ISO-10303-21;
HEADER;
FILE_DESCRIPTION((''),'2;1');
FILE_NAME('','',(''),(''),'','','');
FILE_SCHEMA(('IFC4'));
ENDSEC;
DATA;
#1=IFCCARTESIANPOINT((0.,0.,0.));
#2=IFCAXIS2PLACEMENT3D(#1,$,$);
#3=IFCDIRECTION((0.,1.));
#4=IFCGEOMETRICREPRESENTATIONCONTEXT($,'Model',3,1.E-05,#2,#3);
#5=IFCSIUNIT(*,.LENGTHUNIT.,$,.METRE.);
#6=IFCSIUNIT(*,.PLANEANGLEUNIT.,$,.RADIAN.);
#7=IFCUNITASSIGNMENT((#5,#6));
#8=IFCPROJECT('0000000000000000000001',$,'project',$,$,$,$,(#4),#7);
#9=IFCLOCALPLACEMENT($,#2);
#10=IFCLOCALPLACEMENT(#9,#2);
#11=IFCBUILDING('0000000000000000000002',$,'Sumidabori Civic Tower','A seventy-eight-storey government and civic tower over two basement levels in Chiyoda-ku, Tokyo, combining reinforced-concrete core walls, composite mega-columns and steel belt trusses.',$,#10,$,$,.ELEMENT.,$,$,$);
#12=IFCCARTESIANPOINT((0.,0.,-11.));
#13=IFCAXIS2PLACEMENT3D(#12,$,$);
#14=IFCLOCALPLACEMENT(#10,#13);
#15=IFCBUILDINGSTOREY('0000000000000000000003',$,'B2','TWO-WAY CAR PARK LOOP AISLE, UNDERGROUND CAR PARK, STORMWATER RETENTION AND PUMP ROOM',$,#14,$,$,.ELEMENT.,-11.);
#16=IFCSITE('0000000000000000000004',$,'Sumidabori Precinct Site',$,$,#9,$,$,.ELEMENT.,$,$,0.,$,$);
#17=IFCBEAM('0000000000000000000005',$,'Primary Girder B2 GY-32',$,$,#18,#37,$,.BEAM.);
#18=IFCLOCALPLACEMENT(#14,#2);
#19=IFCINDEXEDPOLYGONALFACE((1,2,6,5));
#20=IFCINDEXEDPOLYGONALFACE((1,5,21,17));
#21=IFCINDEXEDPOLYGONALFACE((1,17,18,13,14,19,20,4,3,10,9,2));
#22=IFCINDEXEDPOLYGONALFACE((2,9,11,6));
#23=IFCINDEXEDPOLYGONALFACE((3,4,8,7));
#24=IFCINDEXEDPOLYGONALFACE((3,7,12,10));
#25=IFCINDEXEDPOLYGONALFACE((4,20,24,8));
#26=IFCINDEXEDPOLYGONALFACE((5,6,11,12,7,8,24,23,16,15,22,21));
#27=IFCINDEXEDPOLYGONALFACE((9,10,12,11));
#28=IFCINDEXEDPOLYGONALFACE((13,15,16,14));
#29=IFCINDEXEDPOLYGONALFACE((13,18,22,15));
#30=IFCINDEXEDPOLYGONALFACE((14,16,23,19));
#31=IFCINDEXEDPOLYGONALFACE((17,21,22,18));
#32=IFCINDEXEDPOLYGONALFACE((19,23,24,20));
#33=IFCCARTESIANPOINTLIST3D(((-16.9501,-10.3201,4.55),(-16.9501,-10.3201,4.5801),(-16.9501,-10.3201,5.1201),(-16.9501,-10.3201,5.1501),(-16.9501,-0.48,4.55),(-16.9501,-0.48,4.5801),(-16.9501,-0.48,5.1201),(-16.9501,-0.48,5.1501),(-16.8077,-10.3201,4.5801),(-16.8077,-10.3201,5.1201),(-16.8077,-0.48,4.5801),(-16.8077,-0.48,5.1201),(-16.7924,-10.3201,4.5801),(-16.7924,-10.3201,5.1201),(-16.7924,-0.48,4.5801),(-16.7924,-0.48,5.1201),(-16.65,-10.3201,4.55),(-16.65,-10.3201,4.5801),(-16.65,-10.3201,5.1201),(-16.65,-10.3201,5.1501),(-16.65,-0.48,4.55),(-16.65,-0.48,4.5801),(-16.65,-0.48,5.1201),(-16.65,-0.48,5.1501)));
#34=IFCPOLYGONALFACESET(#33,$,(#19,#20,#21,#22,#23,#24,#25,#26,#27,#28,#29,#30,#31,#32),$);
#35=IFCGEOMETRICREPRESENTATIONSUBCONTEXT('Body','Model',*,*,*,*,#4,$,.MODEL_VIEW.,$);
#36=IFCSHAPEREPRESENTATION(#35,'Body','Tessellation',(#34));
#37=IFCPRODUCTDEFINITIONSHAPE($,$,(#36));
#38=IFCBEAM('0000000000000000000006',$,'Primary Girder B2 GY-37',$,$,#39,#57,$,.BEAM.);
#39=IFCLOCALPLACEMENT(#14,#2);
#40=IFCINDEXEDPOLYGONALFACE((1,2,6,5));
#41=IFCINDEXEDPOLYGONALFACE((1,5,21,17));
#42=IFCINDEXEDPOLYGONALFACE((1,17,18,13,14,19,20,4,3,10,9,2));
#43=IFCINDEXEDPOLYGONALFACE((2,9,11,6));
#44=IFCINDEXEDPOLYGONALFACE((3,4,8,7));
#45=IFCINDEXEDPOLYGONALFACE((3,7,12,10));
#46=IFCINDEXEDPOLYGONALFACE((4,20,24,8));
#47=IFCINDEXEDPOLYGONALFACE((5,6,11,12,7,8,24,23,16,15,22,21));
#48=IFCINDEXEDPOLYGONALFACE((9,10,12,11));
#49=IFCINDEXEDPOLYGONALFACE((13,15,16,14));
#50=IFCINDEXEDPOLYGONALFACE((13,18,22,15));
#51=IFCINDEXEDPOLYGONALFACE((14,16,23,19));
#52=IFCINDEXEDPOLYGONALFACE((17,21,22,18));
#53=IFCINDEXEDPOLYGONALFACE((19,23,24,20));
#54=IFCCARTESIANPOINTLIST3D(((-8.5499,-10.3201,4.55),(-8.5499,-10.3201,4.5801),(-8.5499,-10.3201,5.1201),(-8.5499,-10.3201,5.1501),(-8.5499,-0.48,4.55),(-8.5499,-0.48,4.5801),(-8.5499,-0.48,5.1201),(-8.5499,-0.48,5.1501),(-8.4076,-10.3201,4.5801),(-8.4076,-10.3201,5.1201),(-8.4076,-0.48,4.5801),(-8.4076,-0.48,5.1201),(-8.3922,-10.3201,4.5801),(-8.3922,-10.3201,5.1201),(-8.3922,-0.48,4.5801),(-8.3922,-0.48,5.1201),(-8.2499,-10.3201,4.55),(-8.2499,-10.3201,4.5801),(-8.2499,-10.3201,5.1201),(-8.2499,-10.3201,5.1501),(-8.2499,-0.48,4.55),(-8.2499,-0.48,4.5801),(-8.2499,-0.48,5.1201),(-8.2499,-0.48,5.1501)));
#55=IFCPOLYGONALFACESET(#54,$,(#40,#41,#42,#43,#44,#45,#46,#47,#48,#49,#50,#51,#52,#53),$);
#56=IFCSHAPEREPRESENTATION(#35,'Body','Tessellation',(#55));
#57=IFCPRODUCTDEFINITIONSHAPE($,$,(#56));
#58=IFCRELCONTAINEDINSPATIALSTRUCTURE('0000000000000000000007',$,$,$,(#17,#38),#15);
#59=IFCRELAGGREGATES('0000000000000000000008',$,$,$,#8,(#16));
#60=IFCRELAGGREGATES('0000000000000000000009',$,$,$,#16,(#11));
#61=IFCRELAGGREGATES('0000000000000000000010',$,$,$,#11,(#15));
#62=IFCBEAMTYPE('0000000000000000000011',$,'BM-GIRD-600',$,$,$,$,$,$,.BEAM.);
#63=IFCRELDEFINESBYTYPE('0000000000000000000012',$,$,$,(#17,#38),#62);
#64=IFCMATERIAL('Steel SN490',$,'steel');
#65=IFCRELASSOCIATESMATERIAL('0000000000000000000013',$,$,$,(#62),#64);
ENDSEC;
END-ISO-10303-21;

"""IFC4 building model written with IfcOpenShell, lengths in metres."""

from ifc_helpers import new_model, si_unit, direction, frame, origin, origin_2d, place, context, subcontext, project, spatial, i_section, extrude, source, transform, mapped, material, material_profile, profile_set, type_object, element, save


model = new_model("IFC4")

# Units and contexts
model_context = context("Model", 3, precision=1e-05, world=origin(), true_north=direction((0.0, 1.0)))
body_context = subcontext(model_context, "Body", "Model", "MODEL_VIEW")
ifc_project = project(units=[si_unit("LENGTHUNIT", "METRE"), si_unit("PLANEANGLEUNIT", "RADIAN")], contexts=[model_context])

# Site, building, storey
site_placement = place(None, origin())
site = spatial("IfcSite", under=ifc_project, at=site_placement, Name="Sumidabori Precinct Site", CompositionType="ELEMENT", RefElevation=0.0)
building_placement = place(site_placement, origin())
building = spatial("IfcBuilding", under=site, at=building_placement, Name="Sumidabori Civic Tower", Description="A seventy-eight-storey government and civic tower over two basement levels in Chiyoda-ku, Tokyo, combining reinforced-concrete core walls, composite mega-columns and steel belt trusses.", CompositionType="ELEMENT")
storey_placement = place(building_placement, frame((0.0, 0.0, -11.0)))
storey = spatial("IfcBuildingStorey", under=building, at=storey_placement, Name="B2", Description="TWO-WAY CAR PARK LOOP AISLE, UNDERGROUND CAR PARK, STORMWATER RETENTION AND PUMP ROOM", CompositionType="ELEMENT", Elevation=-11.0)

# Beams
ifc_material_1 = material(Name="Steel SN490", Category="steel")
ifc_material_profile_1 = material_profile(ifc_material_1, i_section(OverallWidth=0.3, OverallDepth=0.6001, WebThickness=0.0154, FlangeThickness=0.03, at=origin_2d()), Name="HE 600 B")
ifc_profile_set_1 = profile_set([ifc_material_profile_1], Name="Steel SN490")
beam_type_1 = type_object("IfcBeamType", Name="BM-GIRD-600", PredefinedType="BEAM", material=ifc_profile_set_1)
shared_shape_1 = source(origin(), body_context, "Body", "SweptSolid", [
    extrude(i_section(OverallWidth=0.3, OverallDepth=0.6001, WebThickness=0.0154, FlangeThickness=0.03, at=origin_2d()), origin(), (0.0, 0.0, 1.0), 9.8401),
])
for number, where, z_axis, x_axis, name in (
    (1, (-16.8, -10.3201, 4.8501), (0.0, 1.0, 0.0), (-1.0, 0.0, 0.0), "Primary Girder B2 GY-32"),
    (2, (-8.3999, -10.3201, 4.8501), (0.0, 1.0, 0.0), (-1.0, 0.0, 0.0), "Primary Girder B2 GY-37"),
):
    element("IfcBeam", number, at=place(storey_placement, frame(where, z_axis=z_axis, x_axis=x_axis)), inside=storey, type_object=beam_type_1, Name=name, PredefinedType="BEAM", context=body_context, shape_type="MappedRepresentation", body=[
        mapped(shared_shape_1, transform((0.0, 0.0, 0.0), x_axis=(1.0, 0.0, 0.0), y_axis=(0.0, 1.0, 0.0), z_axis=(0.0, 0.0, 1.0), scale=1.0)),
    ])

save(model, "model.ifc")
